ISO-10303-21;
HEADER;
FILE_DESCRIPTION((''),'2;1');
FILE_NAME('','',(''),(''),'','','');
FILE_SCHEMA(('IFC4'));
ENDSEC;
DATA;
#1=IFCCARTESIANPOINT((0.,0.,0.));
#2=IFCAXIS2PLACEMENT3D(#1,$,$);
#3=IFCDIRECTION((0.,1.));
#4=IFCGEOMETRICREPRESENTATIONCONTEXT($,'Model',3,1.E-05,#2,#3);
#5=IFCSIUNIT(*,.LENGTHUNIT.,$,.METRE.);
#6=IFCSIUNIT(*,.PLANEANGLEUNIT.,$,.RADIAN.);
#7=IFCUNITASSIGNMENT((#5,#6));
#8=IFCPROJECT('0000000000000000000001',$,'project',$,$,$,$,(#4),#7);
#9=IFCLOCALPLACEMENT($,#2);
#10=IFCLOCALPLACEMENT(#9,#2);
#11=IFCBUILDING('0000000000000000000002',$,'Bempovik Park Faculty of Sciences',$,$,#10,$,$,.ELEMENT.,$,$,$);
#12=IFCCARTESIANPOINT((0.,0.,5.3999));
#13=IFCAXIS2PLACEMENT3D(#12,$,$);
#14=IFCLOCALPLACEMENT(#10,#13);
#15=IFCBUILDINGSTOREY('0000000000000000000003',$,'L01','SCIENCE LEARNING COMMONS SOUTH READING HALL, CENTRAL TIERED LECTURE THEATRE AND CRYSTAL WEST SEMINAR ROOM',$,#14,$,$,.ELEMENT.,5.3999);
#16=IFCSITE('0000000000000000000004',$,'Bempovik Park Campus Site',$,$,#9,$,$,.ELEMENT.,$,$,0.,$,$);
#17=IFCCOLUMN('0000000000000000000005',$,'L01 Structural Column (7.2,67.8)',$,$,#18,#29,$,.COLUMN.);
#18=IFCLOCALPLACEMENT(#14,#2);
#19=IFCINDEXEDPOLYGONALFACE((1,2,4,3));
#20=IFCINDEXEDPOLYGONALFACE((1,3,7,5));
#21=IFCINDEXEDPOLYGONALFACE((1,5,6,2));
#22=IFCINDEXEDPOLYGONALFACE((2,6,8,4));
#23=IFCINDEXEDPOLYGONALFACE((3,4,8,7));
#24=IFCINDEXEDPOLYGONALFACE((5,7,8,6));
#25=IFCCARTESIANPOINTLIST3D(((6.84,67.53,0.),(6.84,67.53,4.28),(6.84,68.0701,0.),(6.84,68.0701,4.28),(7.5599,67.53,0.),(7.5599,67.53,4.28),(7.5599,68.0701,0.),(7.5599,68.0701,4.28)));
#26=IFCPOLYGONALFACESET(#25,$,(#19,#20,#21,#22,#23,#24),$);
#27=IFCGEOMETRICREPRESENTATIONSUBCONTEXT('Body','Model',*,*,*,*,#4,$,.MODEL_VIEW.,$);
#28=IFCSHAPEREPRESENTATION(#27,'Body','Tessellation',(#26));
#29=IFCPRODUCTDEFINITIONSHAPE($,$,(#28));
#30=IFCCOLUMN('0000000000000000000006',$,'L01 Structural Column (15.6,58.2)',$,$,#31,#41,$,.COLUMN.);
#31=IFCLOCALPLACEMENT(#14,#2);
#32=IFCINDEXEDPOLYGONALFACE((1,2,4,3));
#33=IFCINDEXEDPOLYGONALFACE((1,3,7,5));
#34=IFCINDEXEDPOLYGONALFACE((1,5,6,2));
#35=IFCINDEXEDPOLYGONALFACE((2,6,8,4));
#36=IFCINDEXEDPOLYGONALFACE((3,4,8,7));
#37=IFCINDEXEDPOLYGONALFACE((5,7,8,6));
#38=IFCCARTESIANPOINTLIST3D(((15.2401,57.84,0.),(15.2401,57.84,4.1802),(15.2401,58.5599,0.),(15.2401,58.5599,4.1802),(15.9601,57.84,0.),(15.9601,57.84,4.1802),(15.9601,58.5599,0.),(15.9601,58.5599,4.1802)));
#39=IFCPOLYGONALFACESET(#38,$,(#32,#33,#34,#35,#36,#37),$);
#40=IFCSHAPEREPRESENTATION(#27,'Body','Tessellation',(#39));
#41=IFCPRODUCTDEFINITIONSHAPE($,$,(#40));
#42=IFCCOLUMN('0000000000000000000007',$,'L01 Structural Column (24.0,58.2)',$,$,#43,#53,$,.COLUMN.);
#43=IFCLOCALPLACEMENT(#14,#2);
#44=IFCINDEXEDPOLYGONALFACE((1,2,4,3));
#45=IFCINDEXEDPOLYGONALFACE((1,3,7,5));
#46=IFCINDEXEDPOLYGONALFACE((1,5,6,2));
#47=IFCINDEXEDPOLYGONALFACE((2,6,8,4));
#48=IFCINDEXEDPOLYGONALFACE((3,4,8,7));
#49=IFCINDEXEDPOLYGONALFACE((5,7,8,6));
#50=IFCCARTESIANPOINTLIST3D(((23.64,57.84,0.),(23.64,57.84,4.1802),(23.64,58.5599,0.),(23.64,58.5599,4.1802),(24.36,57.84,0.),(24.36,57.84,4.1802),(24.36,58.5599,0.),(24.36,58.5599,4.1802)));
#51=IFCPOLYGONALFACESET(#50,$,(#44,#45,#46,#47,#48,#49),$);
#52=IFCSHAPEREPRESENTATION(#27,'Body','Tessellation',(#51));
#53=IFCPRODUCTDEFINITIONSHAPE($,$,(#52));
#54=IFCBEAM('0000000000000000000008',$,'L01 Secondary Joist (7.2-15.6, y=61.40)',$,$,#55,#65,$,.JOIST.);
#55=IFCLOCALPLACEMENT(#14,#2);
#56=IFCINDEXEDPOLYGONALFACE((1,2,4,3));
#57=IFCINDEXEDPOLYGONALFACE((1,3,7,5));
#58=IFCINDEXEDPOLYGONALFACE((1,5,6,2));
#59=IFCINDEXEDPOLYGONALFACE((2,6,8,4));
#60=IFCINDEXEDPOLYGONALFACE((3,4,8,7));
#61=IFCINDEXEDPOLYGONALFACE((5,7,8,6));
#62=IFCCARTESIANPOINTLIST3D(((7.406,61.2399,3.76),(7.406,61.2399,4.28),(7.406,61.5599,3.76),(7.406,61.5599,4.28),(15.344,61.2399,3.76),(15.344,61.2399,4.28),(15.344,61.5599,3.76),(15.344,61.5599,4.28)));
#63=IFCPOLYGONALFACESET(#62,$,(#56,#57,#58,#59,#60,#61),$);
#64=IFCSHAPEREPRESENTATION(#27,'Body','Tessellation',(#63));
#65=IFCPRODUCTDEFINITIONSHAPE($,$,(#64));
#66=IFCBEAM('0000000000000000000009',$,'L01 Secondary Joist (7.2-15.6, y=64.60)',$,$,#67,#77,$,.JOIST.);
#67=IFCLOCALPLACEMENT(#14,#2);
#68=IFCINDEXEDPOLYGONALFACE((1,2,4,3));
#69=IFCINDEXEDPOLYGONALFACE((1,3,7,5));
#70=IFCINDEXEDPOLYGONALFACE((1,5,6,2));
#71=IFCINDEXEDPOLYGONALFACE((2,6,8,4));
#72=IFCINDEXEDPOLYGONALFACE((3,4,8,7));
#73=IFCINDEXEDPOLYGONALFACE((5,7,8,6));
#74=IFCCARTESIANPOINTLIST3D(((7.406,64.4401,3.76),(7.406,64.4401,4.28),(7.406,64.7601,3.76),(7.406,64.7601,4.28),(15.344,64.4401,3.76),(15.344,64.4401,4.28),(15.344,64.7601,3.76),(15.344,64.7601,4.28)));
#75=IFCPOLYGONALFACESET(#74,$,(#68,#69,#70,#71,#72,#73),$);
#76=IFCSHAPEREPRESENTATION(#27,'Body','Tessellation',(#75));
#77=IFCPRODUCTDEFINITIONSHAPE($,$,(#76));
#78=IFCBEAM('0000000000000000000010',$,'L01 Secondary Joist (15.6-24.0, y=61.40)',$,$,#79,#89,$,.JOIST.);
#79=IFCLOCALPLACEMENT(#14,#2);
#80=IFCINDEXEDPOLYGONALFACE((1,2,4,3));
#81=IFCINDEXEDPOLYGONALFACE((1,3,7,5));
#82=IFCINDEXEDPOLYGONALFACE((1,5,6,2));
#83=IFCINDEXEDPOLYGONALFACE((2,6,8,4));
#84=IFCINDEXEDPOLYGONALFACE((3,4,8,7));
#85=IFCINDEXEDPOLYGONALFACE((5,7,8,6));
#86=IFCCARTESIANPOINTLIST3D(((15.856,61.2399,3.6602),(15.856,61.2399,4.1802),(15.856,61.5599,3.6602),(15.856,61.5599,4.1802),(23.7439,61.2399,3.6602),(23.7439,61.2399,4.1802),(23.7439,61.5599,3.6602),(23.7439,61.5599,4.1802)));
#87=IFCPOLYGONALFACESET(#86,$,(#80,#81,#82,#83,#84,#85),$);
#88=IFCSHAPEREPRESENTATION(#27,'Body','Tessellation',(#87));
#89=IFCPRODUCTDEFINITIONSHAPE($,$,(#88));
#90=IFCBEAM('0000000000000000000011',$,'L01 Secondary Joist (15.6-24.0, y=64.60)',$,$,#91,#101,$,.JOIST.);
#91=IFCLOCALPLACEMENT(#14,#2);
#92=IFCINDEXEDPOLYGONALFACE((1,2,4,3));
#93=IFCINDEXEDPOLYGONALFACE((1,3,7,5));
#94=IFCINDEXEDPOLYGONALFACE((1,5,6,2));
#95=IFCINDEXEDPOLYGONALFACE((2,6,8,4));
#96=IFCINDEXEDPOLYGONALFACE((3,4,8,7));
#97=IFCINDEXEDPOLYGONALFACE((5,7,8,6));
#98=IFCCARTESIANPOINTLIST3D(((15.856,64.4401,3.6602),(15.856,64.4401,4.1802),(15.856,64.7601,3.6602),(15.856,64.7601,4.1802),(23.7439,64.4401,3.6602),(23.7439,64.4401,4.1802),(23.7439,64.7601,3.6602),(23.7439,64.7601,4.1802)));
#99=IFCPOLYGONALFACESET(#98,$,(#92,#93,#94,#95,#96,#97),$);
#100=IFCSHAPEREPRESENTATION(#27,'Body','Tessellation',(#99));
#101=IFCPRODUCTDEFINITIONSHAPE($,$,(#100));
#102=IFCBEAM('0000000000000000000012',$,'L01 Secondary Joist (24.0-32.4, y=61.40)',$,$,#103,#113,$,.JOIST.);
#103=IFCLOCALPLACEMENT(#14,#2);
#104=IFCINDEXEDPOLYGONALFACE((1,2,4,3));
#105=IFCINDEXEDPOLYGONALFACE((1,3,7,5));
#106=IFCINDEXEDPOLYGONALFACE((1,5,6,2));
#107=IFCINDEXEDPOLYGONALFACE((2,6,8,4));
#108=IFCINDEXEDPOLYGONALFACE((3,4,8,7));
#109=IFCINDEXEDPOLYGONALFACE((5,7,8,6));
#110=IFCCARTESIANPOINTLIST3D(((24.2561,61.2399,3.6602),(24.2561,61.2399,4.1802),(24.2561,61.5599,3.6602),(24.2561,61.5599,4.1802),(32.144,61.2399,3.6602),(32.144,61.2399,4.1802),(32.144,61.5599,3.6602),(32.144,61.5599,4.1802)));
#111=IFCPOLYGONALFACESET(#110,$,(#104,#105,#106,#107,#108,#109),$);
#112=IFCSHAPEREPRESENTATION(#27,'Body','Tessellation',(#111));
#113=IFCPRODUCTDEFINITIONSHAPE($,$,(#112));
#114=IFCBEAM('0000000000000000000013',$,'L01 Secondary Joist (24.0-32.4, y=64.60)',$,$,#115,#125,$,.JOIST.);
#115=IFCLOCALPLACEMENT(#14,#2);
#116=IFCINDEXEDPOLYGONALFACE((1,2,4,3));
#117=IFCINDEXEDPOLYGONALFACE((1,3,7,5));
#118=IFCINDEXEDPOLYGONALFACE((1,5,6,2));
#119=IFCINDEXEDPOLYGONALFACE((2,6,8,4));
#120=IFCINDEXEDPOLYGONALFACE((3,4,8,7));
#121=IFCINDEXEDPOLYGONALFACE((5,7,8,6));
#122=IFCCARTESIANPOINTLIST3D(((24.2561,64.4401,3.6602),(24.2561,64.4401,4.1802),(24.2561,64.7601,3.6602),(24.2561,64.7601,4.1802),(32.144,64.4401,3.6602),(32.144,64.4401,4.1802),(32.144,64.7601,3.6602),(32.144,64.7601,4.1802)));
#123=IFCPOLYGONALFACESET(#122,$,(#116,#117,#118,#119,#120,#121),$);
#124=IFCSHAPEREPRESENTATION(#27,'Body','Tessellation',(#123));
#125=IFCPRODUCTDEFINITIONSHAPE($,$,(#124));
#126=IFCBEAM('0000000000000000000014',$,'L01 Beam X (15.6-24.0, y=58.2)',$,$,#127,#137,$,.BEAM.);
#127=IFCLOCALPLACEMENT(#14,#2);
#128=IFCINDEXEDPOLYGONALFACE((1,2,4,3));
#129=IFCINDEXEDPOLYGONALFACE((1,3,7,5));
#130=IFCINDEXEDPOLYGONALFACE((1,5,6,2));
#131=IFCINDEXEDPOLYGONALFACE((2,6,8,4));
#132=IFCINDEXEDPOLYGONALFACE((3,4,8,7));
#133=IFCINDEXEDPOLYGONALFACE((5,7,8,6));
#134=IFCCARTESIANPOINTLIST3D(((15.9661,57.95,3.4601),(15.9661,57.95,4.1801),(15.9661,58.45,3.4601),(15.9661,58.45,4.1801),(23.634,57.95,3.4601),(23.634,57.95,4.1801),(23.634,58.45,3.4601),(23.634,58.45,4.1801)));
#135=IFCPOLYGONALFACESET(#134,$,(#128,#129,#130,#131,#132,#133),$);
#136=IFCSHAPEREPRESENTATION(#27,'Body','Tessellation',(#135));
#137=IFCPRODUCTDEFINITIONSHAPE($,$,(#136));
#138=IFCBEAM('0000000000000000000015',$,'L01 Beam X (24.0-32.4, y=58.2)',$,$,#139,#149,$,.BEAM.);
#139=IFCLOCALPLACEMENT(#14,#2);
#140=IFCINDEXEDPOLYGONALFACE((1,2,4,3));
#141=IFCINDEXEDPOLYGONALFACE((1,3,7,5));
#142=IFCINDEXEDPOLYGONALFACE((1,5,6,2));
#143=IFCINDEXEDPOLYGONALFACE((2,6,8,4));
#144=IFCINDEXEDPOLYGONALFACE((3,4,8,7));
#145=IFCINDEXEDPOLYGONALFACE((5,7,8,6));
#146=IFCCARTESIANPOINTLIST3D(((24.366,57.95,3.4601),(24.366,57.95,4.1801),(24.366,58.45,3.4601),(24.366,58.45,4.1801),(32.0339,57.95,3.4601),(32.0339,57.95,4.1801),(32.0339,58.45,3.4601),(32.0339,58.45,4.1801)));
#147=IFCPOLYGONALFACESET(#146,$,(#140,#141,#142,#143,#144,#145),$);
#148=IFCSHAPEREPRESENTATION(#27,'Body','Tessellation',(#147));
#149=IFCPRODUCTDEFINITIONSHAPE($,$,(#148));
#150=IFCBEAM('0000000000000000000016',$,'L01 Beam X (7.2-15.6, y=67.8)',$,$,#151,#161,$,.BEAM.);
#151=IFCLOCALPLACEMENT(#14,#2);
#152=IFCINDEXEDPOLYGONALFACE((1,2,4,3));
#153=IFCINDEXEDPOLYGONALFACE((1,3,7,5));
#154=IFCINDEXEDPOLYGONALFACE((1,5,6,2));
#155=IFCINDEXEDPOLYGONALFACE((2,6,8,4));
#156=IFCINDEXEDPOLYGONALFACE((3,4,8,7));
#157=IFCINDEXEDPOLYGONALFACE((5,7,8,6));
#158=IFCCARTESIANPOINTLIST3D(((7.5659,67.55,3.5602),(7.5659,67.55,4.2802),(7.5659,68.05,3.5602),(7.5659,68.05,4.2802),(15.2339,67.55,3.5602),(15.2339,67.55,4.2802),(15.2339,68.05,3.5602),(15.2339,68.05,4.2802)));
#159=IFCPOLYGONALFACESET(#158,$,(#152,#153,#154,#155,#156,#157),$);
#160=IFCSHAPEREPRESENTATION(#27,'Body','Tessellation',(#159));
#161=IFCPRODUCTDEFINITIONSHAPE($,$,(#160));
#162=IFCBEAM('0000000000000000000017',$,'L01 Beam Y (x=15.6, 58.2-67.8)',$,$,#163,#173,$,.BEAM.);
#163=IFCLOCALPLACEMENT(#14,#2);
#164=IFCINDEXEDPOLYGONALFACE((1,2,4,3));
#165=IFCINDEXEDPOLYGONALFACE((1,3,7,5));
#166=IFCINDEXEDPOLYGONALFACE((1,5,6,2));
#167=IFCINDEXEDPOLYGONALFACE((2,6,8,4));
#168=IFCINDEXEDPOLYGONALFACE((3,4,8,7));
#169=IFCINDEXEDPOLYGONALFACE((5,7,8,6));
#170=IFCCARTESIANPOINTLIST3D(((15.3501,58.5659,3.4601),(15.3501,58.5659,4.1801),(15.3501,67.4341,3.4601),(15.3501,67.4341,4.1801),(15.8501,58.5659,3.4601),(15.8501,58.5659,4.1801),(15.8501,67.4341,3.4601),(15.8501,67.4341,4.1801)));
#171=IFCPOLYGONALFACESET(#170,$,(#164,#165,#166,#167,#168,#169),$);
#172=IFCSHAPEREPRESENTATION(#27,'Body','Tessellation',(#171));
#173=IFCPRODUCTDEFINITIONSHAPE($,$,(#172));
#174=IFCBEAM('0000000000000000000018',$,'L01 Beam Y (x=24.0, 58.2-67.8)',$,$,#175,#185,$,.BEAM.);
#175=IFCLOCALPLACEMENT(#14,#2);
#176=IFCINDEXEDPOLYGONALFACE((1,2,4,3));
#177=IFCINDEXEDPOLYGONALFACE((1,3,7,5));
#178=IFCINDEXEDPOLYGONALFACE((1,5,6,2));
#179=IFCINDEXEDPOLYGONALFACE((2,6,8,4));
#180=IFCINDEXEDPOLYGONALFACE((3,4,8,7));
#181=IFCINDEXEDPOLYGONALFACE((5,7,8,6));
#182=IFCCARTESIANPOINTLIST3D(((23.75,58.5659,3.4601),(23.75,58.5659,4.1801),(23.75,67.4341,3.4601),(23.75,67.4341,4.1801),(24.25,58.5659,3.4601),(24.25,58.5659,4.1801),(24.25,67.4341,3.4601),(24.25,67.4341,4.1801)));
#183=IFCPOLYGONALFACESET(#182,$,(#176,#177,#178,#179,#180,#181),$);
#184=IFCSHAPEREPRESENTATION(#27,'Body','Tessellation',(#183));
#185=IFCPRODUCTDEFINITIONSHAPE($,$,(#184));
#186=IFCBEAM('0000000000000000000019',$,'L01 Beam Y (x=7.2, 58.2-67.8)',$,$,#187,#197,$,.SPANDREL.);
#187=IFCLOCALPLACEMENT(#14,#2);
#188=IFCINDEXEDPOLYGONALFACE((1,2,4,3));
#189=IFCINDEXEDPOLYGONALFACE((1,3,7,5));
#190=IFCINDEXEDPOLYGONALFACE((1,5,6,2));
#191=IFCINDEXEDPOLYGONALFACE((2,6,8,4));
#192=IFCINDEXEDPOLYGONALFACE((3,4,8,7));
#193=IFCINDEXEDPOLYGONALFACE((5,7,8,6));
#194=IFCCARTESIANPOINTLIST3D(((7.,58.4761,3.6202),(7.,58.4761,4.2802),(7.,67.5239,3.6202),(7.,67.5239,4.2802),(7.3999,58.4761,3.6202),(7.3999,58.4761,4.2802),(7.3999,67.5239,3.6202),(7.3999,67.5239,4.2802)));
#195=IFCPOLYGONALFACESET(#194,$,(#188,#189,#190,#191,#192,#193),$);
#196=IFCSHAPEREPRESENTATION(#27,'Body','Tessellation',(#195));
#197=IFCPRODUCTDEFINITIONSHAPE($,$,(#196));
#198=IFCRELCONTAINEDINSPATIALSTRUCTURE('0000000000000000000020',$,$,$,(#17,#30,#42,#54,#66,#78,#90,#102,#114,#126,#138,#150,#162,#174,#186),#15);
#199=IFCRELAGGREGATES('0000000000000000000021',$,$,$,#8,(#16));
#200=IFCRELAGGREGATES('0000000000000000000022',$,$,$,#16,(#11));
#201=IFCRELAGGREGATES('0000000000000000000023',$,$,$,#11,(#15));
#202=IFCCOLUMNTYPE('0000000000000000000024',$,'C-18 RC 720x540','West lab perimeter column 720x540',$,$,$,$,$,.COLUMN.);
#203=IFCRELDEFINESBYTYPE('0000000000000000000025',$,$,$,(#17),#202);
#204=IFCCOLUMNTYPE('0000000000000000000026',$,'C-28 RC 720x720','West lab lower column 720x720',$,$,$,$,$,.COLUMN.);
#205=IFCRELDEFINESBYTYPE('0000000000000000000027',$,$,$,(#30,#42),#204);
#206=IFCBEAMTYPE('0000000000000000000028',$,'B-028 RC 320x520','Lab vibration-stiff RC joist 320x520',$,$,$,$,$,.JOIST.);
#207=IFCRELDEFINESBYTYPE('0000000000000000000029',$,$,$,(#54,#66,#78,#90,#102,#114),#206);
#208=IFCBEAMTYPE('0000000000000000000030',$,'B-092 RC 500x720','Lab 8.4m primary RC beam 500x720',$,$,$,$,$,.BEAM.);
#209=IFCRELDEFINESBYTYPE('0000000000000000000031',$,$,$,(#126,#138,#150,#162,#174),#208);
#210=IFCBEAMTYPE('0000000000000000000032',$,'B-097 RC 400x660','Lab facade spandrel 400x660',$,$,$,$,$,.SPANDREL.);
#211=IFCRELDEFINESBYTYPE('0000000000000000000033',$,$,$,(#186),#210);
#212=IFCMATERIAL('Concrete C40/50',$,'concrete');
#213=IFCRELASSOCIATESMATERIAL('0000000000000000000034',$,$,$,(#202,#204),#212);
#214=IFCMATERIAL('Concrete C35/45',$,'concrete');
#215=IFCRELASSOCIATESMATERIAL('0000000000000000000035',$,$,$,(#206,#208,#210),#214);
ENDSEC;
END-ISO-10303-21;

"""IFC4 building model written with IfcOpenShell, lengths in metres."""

from ifc_helpers import new_model, si_unit, direction, frame, origin, origin_2d, place, context, subcontext, project, spatial, rectangle, extrude, material, material_profile, profile_set, type_object, element, save


model = new_model("IFC4")

# Units and contexts
model_context = context("Model", 3, precision=1e-05, world=origin(), true_north=direction((0.0, 1.0)))
body_context = subcontext(model_context, "Body", "Model", "MODEL_VIEW")
ifc_project = project(units=[si_unit("LENGTHUNIT", "METRE"), si_unit("PLANEANGLEUNIT", "RADIAN")], contexts=[model_context])

# Site, building, storey
site_placement = place(None, origin())
site = spatial("IfcSite", under=ifc_project, at=site_placement, Name="Bempovik Park Campus Site", CompositionType="ELEMENT", RefElevation=0.0)
building_placement = place(site_placement, origin())
building = spatial("IfcBuilding", under=site, at=building_placement, Name="Bempovik Park Faculty of Sciences", CompositionType="ELEMENT")
storey_placement = place(building_placement, frame((0.0, 0.0, 5.3999)))
storey = spatial("IfcBuildingStorey", under=building, at=storey_placement, Name="L01", Description="SCIENCE LEARNING COMMONS SOUTH READING HALL, CENTRAL TIERED LECTURE THEATRE AND CRYSTAL WEST SEMINAR ROOM", CompositionType="ELEMENT", Elevation=5.3999)

# Columns
ifc_material_1 = material(Name="Concrete C40/50", Category="concrete")
ifc_material_profile_1 = material_profile(ifc_material_1, rectangle(XDim=0.72, YDim=0.54, at=origin_2d()), Name="RC 720x540")
ifc_profile_set_1 = profile_set([ifc_material_profile_1], Name="Concrete C40/50")
column_type_1 = type_object("IfcColumnType", Name="C-18 RC 720x540", Description="West lab perimeter column 720x540", PredefinedType="COLUMN", material=ifc_profile_set_1)
column_placement = place(storey_placement, frame((7.2, 67.8, 0.0), z_axis=(0.0, 0.0, 1.0), x_axis=(1.0, 0.0, 0.0)))
element("IfcColumn", 1, at=column_placement, inside=storey, type_object=column_type_1, Name="L01 Structural Column (7.2,67.8)", PredefinedType="COLUMN", context=body_context, shape_type="SweptSolid", body=[
    extrude(rectangle(XDim=0.72, YDim=0.54, at=origin_2d()), origin(), (0.0, 0.0, 1.0), 4.28),
])
ifc_material_profile_2 = material_profile(ifc_material_1, rectangle(XDim=0.72, YDim=0.72, at=origin_2d()), Name="RC 720x720")
ifc_profile_set_2 = profile_set([ifc_material_profile_2], Name="Concrete C40/50")
column_type_2 = type_object("IfcColumnType", Name="C-28 RC 720x720", Description="West lab lower column 720x720", PredefinedType="COLUMN", material=ifc_profile_set_2)
for number, where, z_axis, x_axis, name in (
    (2, (15.6001, 58.2, 0.0), (0.0, 0.0, 1.0), (1.0, 0.0, 0.0), "L01 Structural Column (15.6,58.2)"),
    (3, (24.0, 58.2, 0.0), (0.0, 0.0, 1.0), (1.0, 0.0, 0.0), "L01 Structural Column (24.0,58.2)"),
):
    element("IfcColumn", number, at=place(storey_placement, frame(where, z_axis=z_axis, x_axis=x_axis)), inside=storey, type_object=column_type_2, Name=name, PredefinedType="COLUMN", context=body_context, shape_type="SweptSolid", body=[
        extrude(rectangle(XDim=0.72, YDim=0.72, at=origin_2d()), origin(), (0.0, 0.0, 1.0), 4.1802),
    ])

# Beams
ifc_material_2 = material(Name="Concrete C35/45", Category="concrete")
ifc_material_profile_3 = material_profile(ifc_material_2, rectangle(XDim=0.3201, YDim=0.52, at=origin_2d()), Name="RC 320x520")
ifc_profile_set_3 = profile_set([ifc_material_profile_3], Name="Concrete C35/45")
beam_type_1 = type_object("IfcBeamType", Name="B-028 RC 320x520", Description="Lab vibration-stiff RC joist 320x520", PredefinedType="JOIST", material=ifc_profile_set_3)
for number, where, z_axis, x_axis, name in (
    (4, (7.406, 61.3999, 4.02), (1.0, 0.0, 0.0), (0.0, 1.0, 0.0), "L01 Secondary Joist (7.2-15.6, y=61.40)"),
    (5, (7.406, 64.6001, 4.02), (1.0, 0.0, 0.0), (0.0, 1.0, 0.0), "L01 Secondary Joist (7.2-15.6, y=64.60)"),
):
    element("IfcBeam", number, at=place(storey_placement, frame(where, z_axis=z_axis, x_axis=x_axis)), inside=storey, type_object=beam_type_1, Name=name, PredefinedType="JOIST", context=body_context, shape_type="SweptSolid", body=[
        extrude(rectangle(XDim=0.3201, YDim=0.52, at=origin_2d()), origin(), (0.0, 0.0, 1.0), 7.938),
    ])
for number, where, z_axis, x_axis, name in (
    (6, (15.856, 61.3999, 3.9202), (1.0, 0.0, 0.0), (0.0, 1.0, 0.0), "L01 Secondary Joist (15.6-24.0, y=61.40)"),
    (7, (15.856, 64.6001, 3.9202), (1.0, 0.0, 0.0), (0.0, 1.0, 0.0), "L01 Secondary Joist (15.6-24.0, y=64.60)"),
    (8, (24.2561, 61.3999, 3.9202), (1.0, 0.0, 0.0), (0.0, 1.0, 0.0), "L01 Secondary Joist (24.0-32.4, y=61.40)"),
    (9, (24.2561, 64.6001, 3.9202), (1.0, 0.0, 0.0), (0.0, 1.0, 0.0), "L01 Secondary Joist (24.0-32.4, y=64.60)"),
):
    element("IfcBeam", number, at=place(storey_placement, frame(where, z_axis=z_axis, x_axis=x_axis)), inside=storey, type_object=beam_type_1, Name=name, PredefinedType="JOIST", context=body_context, shape_type="SweptSolid", body=[
        extrude(rectangle(XDim=0.3201, YDim=0.52, at=origin_2d()), origin(), (0.0, 0.0, 1.0), 7.8879),
    ])
ifc_material_profile_4 = material_profile(ifc_material_2, rectangle(XDim=0.5, YDim=0.72, at=origin_2d()), Name="RC 500x720")
ifc_profile_set_4 = profile_set([ifc_material_profile_4], Name="Concrete C35/45")
beam_type_2 = type_object("IfcBeamType", Name="B-092 RC 500x720", Description="Lab 8.4m primary RC beam 500x720", PredefinedType="BEAM", material=ifc_profile_set_4)
for number, where, z_axis, x_axis, name in (
    (10, (15.9661, 58.2, 3.8201), (1.0, 0.0, 0.0), (0.0, 1.0, 0.0), "L01 Beam X (15.6-24.0, y=58.2)"),
    (11, (24.366, 58.2, 3.8201), (1.0, 0.0, 0.0), (0.0, 1.0, 0.0), "L01 Beam X (24.0-32.4, y=58.2)"),
    (12, (7.5659, 67.8, 3.9202), (1.0, 0.0, 0.0), (0.0, 1.0, 0.0), "L01 Beam X (7.2-15.6, y=67.8)"),
):
    element("IfcBeam", number, at=place(storey_placement, frame(where, z_axis=z_axis, x_axis=x_axis)), inside=storey, type_object=beam_type_2, Name=name, PredefinedType="BEAM", context=body_context, shape_type="SweptSolid", body=[
        extrude(rectangle(XDim=0.5, YDim=0.72, at=origin_2d()), origin(), (0.0, 0.0, 1.0), 7.668),
    ])
for number, where, z_axis, x_axis, name in (
    (13, (15.6001, 58.5659, 3.8201), (0.0, 1.0, 0.0), (-1.0, 0.0, 0.0), "L01 Beam Y (x=15.6, 58.2-67.8)"),
    (14, (24.0, 58.5659, 3.8201), (0.0, 1.0, 0.0), (-1.0, 0.0, 0.0), "L01 Beam Y (x=24.0, 58.2-67.8)"),
):
    element("IfcBeam", number, at=place(storey_placement, frame(where, z_axis=z_axis, x_axis=x_axis)), inside=storey, type_object=beam_type_2, Name=name, PredefinedType="BEAM", context=body_context, shape_type="SweptSolid", body=[
        extrude(rectangle(XDim=0.5, YDim=0.72, at=origin_2d()), origin(), (0.0, 0.0, 1.0), 8.8682),
    ])
ifc_material_profile_5 = material_profile(ifc_material_2, rectangle(XDim=0.3999, YDim=0.6599, at=origin_2d()), Name="RC 400x660")
ifc_profile_set_5 = profile_set([ifc_material_profile_5], Name="Concrete C35/45")
beam_type_3 = type_object("IfcBeamType", Name="B-097 RC 400x660", Description="Lab facade spandrel 400x660", PredefinedType="SPANDREL", material=ifc_profile_set_5)
beam_placement = place(storey_placement, frame((7.2, 58.4761, 3.9502), z_axis=(0.0, 1.0, 0.0), x_axis=(-1.0, 0.0, 0.0)))
element("IfcBeam", 15, at=beam_placement, inside=storey, type_object=beam_type_3, Name="L01 Beam Y (x=7.2, 58.2-67.8)", PredefinedType="SPANDREL", context=body_context, shape_type="SweptSolid", body=[
    extrude(rectangle(XDim=0.3999, YDim=0.6599, at=origin_2d()), origin(), (0.0, 0.0, 1.0), 9.0479),
])

save(model, "model.ifc")
